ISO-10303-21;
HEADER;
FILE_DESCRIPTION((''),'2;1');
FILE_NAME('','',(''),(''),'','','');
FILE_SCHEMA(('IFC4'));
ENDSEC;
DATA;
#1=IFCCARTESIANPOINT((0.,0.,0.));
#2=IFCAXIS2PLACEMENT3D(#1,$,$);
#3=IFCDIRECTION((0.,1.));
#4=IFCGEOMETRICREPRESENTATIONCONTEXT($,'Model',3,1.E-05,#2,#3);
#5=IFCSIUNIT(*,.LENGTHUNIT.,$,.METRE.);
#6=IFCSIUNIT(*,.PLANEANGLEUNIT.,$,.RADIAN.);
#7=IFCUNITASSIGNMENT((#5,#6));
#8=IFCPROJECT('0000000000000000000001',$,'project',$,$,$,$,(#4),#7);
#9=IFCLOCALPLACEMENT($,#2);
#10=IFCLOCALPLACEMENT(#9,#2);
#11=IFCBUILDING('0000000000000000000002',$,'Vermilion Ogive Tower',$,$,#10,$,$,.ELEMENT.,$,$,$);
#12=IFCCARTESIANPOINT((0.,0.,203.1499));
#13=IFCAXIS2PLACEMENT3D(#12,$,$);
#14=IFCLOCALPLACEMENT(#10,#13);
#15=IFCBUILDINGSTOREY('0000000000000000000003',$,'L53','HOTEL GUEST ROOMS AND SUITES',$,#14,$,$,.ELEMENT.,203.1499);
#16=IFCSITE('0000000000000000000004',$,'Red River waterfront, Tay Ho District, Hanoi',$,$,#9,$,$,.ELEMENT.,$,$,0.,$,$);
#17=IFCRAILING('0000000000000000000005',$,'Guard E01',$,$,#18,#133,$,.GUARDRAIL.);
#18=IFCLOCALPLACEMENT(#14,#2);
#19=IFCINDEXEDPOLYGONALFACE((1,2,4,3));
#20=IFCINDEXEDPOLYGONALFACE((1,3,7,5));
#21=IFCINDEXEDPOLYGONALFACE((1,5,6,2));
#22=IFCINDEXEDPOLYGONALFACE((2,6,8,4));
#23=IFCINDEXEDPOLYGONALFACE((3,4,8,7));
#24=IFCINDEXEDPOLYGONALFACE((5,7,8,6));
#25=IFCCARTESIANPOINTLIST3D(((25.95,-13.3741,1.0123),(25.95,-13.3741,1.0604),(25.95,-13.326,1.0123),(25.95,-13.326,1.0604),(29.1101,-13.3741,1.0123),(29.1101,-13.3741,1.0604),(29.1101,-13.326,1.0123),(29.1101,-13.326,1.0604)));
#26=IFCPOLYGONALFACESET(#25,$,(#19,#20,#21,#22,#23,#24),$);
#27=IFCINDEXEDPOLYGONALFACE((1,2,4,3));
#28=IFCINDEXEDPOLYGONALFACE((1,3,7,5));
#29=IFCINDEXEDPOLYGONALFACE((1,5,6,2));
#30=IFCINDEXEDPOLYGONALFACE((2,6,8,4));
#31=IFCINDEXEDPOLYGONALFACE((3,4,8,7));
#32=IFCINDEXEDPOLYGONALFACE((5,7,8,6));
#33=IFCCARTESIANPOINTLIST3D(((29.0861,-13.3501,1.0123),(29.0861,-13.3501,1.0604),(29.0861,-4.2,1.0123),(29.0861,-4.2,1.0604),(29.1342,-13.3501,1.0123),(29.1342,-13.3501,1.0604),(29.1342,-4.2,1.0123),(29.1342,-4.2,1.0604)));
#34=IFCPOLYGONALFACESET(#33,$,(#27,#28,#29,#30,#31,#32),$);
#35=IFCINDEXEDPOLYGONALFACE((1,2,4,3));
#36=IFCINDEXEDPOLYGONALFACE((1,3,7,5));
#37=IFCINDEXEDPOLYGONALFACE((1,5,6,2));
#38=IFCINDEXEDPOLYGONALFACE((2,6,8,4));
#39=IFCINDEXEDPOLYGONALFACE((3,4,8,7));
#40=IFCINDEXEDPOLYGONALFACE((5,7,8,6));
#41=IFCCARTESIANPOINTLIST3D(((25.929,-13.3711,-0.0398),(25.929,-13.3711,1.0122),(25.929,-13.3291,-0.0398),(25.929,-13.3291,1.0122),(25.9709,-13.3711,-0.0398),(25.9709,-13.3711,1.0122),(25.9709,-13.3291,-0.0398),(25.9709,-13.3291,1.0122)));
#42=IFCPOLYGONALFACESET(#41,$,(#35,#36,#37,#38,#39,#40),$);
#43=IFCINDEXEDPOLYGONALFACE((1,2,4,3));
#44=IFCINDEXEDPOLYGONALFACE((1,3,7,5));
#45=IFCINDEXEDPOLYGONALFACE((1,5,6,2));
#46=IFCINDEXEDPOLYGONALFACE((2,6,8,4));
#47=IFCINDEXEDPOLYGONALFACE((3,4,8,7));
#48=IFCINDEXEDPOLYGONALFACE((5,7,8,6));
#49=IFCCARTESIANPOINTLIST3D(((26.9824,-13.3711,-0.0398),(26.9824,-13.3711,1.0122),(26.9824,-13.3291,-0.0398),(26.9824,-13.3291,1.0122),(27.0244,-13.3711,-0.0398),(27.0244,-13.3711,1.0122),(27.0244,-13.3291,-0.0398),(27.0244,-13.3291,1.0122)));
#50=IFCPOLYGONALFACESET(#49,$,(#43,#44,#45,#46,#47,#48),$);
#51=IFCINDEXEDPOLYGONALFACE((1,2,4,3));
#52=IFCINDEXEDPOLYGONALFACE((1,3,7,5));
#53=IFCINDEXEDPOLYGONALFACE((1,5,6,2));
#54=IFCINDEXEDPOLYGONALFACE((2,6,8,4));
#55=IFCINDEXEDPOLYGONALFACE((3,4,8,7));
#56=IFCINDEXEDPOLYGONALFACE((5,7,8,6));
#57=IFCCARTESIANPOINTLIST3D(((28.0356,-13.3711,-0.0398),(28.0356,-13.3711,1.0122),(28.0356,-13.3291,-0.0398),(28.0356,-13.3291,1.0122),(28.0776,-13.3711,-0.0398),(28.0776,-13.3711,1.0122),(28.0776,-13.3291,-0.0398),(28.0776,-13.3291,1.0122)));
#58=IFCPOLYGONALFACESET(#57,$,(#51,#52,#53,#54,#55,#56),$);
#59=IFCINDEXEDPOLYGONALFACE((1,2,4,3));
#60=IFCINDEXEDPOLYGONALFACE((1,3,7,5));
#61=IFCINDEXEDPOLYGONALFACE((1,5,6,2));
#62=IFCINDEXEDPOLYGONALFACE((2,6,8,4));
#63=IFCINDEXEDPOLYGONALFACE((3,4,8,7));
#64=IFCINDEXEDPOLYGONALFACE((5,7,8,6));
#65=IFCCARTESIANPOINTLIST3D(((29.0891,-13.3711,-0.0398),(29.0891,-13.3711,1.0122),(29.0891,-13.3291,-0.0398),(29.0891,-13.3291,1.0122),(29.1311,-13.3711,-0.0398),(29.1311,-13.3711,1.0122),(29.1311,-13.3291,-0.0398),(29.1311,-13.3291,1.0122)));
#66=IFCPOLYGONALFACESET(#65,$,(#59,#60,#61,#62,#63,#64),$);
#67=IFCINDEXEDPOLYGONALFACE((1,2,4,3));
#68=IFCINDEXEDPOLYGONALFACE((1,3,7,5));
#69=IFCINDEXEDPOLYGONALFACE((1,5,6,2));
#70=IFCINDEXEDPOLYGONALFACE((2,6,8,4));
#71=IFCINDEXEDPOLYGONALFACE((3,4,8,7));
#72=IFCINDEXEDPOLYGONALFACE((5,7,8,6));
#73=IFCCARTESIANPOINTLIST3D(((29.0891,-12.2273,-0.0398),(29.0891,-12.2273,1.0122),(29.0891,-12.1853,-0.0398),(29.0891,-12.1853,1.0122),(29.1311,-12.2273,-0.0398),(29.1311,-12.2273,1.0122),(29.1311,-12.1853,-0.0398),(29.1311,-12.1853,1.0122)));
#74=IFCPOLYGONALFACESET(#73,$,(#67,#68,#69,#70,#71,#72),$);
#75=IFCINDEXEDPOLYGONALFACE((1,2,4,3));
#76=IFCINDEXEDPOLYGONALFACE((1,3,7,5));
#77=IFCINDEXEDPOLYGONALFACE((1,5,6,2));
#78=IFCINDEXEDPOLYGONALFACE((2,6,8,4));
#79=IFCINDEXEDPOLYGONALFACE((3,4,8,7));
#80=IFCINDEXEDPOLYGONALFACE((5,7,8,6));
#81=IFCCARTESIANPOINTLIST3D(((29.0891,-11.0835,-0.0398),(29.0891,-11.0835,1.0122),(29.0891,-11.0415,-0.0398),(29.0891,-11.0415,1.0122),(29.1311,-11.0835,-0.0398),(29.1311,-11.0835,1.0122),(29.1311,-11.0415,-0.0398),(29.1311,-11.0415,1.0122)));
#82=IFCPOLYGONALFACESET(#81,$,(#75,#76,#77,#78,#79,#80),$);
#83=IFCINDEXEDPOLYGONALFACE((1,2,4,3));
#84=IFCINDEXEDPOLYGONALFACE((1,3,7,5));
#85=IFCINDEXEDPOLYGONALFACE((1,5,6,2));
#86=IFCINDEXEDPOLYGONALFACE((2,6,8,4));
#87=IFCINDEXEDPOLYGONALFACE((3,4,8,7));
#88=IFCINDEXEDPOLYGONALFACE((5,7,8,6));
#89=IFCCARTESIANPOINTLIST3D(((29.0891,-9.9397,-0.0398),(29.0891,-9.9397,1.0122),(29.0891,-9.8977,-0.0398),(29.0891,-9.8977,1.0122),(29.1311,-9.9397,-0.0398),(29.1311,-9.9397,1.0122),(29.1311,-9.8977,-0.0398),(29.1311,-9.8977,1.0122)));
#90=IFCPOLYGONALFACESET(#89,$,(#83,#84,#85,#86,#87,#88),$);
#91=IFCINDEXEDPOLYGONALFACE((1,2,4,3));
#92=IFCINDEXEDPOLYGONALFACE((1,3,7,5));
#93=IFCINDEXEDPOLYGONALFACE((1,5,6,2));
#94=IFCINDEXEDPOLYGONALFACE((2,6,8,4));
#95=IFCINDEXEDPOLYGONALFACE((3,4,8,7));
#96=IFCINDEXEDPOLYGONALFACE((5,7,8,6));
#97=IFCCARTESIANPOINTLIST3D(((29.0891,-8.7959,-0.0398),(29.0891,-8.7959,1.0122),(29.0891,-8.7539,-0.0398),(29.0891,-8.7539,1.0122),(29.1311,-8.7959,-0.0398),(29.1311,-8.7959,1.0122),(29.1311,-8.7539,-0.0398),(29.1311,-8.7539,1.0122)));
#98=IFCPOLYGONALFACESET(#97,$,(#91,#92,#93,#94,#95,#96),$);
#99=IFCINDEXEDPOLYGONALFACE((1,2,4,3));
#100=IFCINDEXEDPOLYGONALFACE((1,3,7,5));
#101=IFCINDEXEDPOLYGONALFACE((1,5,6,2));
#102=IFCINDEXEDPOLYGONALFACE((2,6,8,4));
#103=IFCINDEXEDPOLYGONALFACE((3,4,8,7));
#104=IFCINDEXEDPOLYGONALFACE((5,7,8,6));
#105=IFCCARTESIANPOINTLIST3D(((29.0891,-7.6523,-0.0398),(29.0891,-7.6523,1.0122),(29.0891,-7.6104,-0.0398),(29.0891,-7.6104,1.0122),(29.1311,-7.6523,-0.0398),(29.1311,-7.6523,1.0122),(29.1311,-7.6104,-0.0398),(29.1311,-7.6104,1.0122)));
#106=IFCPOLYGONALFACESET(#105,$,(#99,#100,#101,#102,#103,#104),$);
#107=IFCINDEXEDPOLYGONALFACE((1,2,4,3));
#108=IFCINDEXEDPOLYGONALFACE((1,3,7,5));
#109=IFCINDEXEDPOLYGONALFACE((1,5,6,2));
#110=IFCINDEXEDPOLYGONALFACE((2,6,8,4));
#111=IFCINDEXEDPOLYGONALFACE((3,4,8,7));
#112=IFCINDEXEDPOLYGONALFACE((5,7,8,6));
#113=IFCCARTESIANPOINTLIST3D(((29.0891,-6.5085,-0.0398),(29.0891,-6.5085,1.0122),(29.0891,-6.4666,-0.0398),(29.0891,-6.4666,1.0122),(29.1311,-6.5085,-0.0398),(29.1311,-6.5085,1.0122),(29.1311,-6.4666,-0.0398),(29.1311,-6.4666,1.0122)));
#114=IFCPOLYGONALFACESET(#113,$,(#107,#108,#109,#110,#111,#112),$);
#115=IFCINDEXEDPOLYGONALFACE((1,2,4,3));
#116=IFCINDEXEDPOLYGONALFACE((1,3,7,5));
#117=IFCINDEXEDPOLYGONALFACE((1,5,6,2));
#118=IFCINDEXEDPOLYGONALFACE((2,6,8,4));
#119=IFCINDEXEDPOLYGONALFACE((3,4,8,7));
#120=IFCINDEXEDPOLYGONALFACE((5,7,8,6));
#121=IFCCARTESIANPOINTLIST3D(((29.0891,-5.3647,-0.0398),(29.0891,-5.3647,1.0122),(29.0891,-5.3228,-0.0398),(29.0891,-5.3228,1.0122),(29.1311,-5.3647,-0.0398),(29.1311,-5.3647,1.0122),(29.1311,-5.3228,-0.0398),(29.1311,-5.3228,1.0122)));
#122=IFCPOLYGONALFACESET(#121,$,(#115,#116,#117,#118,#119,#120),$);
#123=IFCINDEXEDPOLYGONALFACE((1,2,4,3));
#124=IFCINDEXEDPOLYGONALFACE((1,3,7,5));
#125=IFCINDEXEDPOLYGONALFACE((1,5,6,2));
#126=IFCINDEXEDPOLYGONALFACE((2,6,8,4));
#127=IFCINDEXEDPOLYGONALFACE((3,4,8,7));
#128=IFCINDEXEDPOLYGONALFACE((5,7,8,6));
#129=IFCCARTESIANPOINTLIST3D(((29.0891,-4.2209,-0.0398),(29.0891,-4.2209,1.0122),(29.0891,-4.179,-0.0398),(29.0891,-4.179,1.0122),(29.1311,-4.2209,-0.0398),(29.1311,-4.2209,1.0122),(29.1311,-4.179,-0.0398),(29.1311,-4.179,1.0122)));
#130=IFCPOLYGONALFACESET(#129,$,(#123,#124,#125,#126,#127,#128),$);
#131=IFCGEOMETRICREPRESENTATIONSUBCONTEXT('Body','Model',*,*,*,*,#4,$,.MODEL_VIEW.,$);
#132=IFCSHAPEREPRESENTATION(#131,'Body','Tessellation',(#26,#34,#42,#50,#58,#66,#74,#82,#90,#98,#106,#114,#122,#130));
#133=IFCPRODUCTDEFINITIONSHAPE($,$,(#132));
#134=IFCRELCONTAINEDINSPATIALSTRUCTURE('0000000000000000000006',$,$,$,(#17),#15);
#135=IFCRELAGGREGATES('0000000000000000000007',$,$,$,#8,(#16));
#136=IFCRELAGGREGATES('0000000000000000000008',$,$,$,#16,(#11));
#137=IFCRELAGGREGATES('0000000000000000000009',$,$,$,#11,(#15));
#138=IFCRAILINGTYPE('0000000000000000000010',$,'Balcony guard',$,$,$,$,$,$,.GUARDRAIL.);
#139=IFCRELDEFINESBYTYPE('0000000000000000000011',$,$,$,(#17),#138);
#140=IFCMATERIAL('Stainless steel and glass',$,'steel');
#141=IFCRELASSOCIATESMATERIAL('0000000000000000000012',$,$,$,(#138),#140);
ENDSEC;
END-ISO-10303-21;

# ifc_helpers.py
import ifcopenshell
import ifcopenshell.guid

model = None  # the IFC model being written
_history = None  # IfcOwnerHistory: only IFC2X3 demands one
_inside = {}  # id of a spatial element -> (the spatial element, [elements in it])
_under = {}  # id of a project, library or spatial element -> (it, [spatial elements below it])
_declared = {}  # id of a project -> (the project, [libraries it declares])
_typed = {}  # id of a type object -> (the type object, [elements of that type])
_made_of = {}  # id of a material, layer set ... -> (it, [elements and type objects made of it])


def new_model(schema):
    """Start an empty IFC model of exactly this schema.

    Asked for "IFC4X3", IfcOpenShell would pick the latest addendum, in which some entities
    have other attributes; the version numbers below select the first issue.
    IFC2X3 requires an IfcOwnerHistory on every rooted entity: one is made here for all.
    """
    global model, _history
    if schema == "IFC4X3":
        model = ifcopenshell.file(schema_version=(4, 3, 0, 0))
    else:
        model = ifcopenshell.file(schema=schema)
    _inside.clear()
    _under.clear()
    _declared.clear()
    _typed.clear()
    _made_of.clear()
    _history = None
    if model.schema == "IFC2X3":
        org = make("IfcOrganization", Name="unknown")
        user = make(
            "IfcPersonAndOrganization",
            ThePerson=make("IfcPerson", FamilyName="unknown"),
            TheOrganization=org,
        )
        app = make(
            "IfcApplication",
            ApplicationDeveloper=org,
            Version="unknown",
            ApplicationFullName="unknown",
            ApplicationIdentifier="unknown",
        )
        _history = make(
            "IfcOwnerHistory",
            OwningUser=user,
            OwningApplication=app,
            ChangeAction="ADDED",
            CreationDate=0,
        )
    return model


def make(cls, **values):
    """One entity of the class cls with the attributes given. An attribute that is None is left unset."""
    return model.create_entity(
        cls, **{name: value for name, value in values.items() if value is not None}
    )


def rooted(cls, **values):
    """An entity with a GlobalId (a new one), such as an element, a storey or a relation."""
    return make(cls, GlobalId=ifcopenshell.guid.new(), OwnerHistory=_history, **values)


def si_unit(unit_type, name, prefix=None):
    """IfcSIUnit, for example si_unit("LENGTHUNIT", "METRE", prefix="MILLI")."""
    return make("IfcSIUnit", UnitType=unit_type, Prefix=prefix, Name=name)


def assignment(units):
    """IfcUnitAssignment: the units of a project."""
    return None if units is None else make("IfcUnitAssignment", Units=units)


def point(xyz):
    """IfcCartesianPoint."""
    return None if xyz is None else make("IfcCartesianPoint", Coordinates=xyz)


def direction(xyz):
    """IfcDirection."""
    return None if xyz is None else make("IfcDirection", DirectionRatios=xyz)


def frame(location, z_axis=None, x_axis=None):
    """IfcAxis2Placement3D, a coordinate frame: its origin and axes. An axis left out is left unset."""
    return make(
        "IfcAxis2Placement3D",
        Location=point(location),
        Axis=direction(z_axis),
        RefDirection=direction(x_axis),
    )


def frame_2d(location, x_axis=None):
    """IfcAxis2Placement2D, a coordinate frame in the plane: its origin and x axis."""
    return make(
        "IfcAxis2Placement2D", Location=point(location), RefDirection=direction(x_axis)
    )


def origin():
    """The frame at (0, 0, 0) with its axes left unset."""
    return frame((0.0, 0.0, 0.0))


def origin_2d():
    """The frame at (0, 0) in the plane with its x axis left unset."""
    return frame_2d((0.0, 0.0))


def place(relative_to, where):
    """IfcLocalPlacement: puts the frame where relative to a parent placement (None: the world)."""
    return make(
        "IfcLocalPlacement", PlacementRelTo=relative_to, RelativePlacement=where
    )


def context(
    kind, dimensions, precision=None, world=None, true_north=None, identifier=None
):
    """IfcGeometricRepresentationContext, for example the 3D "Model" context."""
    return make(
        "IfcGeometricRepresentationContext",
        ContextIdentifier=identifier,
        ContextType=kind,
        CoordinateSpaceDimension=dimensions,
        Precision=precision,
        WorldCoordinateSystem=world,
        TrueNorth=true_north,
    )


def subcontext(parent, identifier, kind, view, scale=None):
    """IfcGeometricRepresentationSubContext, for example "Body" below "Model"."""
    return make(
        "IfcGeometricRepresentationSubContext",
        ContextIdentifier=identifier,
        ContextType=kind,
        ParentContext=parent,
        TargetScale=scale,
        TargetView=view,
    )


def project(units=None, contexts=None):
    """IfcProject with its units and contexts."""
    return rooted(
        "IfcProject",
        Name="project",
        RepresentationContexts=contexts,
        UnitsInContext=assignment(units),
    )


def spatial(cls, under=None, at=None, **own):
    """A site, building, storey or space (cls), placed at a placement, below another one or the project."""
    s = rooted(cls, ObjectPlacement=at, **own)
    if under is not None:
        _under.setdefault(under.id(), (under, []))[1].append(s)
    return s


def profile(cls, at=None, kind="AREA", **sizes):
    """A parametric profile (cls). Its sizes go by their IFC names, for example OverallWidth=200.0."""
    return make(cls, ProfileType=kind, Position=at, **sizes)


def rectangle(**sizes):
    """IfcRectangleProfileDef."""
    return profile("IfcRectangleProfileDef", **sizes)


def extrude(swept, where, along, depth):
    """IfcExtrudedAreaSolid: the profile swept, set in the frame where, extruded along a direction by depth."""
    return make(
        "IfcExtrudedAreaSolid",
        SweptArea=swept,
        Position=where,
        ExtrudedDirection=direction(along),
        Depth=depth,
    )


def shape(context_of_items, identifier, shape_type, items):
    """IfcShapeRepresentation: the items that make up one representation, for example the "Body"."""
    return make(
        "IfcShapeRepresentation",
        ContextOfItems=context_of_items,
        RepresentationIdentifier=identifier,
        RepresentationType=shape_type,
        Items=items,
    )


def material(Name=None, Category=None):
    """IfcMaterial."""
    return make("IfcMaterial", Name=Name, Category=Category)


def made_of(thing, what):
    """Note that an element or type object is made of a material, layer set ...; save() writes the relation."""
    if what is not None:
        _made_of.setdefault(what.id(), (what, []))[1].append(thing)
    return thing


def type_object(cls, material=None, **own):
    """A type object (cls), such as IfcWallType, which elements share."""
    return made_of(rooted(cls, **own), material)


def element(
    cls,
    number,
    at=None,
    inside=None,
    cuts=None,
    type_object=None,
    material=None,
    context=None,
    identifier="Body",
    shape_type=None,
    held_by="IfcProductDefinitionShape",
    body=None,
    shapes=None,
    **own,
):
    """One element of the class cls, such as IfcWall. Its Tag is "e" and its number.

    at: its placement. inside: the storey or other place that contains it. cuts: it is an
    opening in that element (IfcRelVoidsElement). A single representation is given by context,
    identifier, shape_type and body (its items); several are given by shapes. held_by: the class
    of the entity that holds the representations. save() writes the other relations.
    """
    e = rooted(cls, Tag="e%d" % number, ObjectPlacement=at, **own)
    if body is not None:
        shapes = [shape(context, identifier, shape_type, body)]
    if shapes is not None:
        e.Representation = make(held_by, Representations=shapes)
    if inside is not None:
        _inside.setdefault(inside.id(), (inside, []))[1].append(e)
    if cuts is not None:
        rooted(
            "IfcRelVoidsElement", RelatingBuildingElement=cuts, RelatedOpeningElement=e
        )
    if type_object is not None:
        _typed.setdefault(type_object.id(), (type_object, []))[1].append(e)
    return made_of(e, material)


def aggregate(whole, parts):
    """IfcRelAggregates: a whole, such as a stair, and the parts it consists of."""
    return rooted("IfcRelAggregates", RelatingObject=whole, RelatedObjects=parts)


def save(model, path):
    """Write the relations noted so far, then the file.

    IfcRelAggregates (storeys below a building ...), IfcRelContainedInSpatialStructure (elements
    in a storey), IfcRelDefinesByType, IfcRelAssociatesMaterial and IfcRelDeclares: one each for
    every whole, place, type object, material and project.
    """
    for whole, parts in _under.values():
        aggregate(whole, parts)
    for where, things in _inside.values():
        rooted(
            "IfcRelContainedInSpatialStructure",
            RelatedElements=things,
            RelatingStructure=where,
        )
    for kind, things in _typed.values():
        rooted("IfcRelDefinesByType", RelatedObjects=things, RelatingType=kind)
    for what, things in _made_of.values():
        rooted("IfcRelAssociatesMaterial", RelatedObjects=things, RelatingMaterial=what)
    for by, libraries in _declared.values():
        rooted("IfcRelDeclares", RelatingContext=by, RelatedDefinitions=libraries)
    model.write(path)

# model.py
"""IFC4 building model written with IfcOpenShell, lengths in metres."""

from ifc_helpers import new_model, si_unit, direction, frame, origin, origin_2d, place, context, subcontext, project, spatial, rectangle, extrude, material, type_object, element, save


model = new_model("IFC4")

# Units and contexts
model_context = context("Model", 3, precision=1e-05, world=origin(), true_north=direction((0.0, 1.0)))
body_context = subcontext(model_context, "Body", "Model", "MODEL_VIEW")
ifc_project = project(units=[si_unit("LENGTHUNIT", "METRE"), si_unit("PLANEANGLEUNIT", "RADIAN")], contexts=[model_context])

# Site, building, storey
site_placement = place(None, origin())
site = spatial("IfcSite", under=ifc_project, at=site_placement, Name="Red River waterfront, Tay Ho District, Hanoi", CompositionType="ELEMENT", RefElevation=0.0)
building_placement = place(site_placement, origin())
building = spatial("IfcBuilding", under=site, at=building_placement, Name="Vermilion Ogive Tower", CompositionType="ELEMENT")
storey_placement = place(building_placement, frame((0.0, 0.0, 203.1499)))
storey = spatial("IfcBuildingStorey", under=building, at=storey_placement, Name="L53", Description="HOTEL GUEST ROOMS AND SUITES", CompositionType="ELEMENT", Elevation=203.1499)

# Railing
ifc_material_1 = material(Name="Stainless steel and glass", Category="steel")
railing_type_1 = type_object("IfcRailingType", Name="Balcony guard", PredefinedType="GUARDRAIL", material=ifc_material_1)
railing_1_placement = place(storey_placement, frame((25.95, -13.3501, -0.0398)))
element("IfcRailing", 1, at=railing_1_placement, inside=storey, type_object=railing_type_1, Name="Guard E01", PredefinedType="GUARDRAIL", context=body_context, shape_type="SweptSolid", body=[
    extrude(rectangle(XDim=0.0481, YDim=0.0481, at=origin_2d()), frame((0.0, 0.0, 1.0762), z_axis=(1.0, 0.0, 0.0), x_axis=(0.0, 1.0, 0.0)), (0.0, 0.0, 1.0), 3.1602),
    extrude(rectangle(XDim=0.0481, YDim=0.0481, at=origin_2d()), frame((3.1602, 0.0, 1.0762), z_axis=(0.0, 1.0, 0.0), x_axis=(-1.0, 0.0, 0.0)), (0.0, 0.0, 1.0), 9.1501),
    extrude(rectangle(XDim=0.042, YDim=0.042, at=origin_2d()), origin(), (0.0, 0.0, 1.0), 1.052),
    extrude(rectangle(XDim=0.042, YDim=0.042, at=origin_2d()), frame((1.0535, 0.0, 0.0)), (0.0, 0.0, 1.0), 1.052),
    extrude(rectangle(XDim=0.042, YDim=0.042, at=origin_2d()), frame((2.1067, 0.0, 0.0)), (0.0, 0.0, 1.0), 1.052),
    extrude(rectangle(XDim=0.042, YDim=0.042, at=origin_2d()), frame((3.1602, 0.0, 0.0)), (0.0, 0.0, 1.0), 1.052),
    extrude(rectangle(XDim=0.042, YDim=0.042, at=origin_2d()), frame((3.1602, 1.1438, 0.0)), (0.0, 0.0, 1.0), 1.052),
    extrude(rectangle(XDim=0.042, YDim=0.042, at=origin_2d()), frame((3.1602, 2.2876, 0.0)), (0.0, 0.0, 1.0), 1.052),
    extrude(rectangle(XDim=0.042, YDim=0.042, at=origin_2d()), frame((3.1602, 3.4314, 0.0)), (0.0, 0.0, 1.0), 1.052),
    extrude(rectangle(XDim=0.042, YDim=0.042, at=origin_2d()), frame((3.1602, 4.5752, 0.0)), (0.0, 0.0, 1.0), 1.052),
    extrude(rectangle(XDim=0.042, YDim=0.042, at=origin_2d()), frame((3.1602, 5.7188, 0.0)), (0.0, 0.0, 1.0), 1.052),
    extrude(rectangle(XDim=0.042, YDim=0.042, at=origin_2d()), frame((3.1602, 6.8625, 0.0)), (0.0, 0.0, 1.0), 1.052),
    extrude(rectangle(XDim=0.042, YDim=0.042, at=origin_2d()), frame((3.1602, 8.0063, 0.0)), (0.0, 0.0, 1.0), 1.052),
    extrude(rectangle(XDim=0.042, YDim=0.042, at=origin_2d()), frame((3.1602, 9.1501, 0.0)), (0.0, 0.0, 1.0), 1.052),
])

save(model, "model.ifc")
